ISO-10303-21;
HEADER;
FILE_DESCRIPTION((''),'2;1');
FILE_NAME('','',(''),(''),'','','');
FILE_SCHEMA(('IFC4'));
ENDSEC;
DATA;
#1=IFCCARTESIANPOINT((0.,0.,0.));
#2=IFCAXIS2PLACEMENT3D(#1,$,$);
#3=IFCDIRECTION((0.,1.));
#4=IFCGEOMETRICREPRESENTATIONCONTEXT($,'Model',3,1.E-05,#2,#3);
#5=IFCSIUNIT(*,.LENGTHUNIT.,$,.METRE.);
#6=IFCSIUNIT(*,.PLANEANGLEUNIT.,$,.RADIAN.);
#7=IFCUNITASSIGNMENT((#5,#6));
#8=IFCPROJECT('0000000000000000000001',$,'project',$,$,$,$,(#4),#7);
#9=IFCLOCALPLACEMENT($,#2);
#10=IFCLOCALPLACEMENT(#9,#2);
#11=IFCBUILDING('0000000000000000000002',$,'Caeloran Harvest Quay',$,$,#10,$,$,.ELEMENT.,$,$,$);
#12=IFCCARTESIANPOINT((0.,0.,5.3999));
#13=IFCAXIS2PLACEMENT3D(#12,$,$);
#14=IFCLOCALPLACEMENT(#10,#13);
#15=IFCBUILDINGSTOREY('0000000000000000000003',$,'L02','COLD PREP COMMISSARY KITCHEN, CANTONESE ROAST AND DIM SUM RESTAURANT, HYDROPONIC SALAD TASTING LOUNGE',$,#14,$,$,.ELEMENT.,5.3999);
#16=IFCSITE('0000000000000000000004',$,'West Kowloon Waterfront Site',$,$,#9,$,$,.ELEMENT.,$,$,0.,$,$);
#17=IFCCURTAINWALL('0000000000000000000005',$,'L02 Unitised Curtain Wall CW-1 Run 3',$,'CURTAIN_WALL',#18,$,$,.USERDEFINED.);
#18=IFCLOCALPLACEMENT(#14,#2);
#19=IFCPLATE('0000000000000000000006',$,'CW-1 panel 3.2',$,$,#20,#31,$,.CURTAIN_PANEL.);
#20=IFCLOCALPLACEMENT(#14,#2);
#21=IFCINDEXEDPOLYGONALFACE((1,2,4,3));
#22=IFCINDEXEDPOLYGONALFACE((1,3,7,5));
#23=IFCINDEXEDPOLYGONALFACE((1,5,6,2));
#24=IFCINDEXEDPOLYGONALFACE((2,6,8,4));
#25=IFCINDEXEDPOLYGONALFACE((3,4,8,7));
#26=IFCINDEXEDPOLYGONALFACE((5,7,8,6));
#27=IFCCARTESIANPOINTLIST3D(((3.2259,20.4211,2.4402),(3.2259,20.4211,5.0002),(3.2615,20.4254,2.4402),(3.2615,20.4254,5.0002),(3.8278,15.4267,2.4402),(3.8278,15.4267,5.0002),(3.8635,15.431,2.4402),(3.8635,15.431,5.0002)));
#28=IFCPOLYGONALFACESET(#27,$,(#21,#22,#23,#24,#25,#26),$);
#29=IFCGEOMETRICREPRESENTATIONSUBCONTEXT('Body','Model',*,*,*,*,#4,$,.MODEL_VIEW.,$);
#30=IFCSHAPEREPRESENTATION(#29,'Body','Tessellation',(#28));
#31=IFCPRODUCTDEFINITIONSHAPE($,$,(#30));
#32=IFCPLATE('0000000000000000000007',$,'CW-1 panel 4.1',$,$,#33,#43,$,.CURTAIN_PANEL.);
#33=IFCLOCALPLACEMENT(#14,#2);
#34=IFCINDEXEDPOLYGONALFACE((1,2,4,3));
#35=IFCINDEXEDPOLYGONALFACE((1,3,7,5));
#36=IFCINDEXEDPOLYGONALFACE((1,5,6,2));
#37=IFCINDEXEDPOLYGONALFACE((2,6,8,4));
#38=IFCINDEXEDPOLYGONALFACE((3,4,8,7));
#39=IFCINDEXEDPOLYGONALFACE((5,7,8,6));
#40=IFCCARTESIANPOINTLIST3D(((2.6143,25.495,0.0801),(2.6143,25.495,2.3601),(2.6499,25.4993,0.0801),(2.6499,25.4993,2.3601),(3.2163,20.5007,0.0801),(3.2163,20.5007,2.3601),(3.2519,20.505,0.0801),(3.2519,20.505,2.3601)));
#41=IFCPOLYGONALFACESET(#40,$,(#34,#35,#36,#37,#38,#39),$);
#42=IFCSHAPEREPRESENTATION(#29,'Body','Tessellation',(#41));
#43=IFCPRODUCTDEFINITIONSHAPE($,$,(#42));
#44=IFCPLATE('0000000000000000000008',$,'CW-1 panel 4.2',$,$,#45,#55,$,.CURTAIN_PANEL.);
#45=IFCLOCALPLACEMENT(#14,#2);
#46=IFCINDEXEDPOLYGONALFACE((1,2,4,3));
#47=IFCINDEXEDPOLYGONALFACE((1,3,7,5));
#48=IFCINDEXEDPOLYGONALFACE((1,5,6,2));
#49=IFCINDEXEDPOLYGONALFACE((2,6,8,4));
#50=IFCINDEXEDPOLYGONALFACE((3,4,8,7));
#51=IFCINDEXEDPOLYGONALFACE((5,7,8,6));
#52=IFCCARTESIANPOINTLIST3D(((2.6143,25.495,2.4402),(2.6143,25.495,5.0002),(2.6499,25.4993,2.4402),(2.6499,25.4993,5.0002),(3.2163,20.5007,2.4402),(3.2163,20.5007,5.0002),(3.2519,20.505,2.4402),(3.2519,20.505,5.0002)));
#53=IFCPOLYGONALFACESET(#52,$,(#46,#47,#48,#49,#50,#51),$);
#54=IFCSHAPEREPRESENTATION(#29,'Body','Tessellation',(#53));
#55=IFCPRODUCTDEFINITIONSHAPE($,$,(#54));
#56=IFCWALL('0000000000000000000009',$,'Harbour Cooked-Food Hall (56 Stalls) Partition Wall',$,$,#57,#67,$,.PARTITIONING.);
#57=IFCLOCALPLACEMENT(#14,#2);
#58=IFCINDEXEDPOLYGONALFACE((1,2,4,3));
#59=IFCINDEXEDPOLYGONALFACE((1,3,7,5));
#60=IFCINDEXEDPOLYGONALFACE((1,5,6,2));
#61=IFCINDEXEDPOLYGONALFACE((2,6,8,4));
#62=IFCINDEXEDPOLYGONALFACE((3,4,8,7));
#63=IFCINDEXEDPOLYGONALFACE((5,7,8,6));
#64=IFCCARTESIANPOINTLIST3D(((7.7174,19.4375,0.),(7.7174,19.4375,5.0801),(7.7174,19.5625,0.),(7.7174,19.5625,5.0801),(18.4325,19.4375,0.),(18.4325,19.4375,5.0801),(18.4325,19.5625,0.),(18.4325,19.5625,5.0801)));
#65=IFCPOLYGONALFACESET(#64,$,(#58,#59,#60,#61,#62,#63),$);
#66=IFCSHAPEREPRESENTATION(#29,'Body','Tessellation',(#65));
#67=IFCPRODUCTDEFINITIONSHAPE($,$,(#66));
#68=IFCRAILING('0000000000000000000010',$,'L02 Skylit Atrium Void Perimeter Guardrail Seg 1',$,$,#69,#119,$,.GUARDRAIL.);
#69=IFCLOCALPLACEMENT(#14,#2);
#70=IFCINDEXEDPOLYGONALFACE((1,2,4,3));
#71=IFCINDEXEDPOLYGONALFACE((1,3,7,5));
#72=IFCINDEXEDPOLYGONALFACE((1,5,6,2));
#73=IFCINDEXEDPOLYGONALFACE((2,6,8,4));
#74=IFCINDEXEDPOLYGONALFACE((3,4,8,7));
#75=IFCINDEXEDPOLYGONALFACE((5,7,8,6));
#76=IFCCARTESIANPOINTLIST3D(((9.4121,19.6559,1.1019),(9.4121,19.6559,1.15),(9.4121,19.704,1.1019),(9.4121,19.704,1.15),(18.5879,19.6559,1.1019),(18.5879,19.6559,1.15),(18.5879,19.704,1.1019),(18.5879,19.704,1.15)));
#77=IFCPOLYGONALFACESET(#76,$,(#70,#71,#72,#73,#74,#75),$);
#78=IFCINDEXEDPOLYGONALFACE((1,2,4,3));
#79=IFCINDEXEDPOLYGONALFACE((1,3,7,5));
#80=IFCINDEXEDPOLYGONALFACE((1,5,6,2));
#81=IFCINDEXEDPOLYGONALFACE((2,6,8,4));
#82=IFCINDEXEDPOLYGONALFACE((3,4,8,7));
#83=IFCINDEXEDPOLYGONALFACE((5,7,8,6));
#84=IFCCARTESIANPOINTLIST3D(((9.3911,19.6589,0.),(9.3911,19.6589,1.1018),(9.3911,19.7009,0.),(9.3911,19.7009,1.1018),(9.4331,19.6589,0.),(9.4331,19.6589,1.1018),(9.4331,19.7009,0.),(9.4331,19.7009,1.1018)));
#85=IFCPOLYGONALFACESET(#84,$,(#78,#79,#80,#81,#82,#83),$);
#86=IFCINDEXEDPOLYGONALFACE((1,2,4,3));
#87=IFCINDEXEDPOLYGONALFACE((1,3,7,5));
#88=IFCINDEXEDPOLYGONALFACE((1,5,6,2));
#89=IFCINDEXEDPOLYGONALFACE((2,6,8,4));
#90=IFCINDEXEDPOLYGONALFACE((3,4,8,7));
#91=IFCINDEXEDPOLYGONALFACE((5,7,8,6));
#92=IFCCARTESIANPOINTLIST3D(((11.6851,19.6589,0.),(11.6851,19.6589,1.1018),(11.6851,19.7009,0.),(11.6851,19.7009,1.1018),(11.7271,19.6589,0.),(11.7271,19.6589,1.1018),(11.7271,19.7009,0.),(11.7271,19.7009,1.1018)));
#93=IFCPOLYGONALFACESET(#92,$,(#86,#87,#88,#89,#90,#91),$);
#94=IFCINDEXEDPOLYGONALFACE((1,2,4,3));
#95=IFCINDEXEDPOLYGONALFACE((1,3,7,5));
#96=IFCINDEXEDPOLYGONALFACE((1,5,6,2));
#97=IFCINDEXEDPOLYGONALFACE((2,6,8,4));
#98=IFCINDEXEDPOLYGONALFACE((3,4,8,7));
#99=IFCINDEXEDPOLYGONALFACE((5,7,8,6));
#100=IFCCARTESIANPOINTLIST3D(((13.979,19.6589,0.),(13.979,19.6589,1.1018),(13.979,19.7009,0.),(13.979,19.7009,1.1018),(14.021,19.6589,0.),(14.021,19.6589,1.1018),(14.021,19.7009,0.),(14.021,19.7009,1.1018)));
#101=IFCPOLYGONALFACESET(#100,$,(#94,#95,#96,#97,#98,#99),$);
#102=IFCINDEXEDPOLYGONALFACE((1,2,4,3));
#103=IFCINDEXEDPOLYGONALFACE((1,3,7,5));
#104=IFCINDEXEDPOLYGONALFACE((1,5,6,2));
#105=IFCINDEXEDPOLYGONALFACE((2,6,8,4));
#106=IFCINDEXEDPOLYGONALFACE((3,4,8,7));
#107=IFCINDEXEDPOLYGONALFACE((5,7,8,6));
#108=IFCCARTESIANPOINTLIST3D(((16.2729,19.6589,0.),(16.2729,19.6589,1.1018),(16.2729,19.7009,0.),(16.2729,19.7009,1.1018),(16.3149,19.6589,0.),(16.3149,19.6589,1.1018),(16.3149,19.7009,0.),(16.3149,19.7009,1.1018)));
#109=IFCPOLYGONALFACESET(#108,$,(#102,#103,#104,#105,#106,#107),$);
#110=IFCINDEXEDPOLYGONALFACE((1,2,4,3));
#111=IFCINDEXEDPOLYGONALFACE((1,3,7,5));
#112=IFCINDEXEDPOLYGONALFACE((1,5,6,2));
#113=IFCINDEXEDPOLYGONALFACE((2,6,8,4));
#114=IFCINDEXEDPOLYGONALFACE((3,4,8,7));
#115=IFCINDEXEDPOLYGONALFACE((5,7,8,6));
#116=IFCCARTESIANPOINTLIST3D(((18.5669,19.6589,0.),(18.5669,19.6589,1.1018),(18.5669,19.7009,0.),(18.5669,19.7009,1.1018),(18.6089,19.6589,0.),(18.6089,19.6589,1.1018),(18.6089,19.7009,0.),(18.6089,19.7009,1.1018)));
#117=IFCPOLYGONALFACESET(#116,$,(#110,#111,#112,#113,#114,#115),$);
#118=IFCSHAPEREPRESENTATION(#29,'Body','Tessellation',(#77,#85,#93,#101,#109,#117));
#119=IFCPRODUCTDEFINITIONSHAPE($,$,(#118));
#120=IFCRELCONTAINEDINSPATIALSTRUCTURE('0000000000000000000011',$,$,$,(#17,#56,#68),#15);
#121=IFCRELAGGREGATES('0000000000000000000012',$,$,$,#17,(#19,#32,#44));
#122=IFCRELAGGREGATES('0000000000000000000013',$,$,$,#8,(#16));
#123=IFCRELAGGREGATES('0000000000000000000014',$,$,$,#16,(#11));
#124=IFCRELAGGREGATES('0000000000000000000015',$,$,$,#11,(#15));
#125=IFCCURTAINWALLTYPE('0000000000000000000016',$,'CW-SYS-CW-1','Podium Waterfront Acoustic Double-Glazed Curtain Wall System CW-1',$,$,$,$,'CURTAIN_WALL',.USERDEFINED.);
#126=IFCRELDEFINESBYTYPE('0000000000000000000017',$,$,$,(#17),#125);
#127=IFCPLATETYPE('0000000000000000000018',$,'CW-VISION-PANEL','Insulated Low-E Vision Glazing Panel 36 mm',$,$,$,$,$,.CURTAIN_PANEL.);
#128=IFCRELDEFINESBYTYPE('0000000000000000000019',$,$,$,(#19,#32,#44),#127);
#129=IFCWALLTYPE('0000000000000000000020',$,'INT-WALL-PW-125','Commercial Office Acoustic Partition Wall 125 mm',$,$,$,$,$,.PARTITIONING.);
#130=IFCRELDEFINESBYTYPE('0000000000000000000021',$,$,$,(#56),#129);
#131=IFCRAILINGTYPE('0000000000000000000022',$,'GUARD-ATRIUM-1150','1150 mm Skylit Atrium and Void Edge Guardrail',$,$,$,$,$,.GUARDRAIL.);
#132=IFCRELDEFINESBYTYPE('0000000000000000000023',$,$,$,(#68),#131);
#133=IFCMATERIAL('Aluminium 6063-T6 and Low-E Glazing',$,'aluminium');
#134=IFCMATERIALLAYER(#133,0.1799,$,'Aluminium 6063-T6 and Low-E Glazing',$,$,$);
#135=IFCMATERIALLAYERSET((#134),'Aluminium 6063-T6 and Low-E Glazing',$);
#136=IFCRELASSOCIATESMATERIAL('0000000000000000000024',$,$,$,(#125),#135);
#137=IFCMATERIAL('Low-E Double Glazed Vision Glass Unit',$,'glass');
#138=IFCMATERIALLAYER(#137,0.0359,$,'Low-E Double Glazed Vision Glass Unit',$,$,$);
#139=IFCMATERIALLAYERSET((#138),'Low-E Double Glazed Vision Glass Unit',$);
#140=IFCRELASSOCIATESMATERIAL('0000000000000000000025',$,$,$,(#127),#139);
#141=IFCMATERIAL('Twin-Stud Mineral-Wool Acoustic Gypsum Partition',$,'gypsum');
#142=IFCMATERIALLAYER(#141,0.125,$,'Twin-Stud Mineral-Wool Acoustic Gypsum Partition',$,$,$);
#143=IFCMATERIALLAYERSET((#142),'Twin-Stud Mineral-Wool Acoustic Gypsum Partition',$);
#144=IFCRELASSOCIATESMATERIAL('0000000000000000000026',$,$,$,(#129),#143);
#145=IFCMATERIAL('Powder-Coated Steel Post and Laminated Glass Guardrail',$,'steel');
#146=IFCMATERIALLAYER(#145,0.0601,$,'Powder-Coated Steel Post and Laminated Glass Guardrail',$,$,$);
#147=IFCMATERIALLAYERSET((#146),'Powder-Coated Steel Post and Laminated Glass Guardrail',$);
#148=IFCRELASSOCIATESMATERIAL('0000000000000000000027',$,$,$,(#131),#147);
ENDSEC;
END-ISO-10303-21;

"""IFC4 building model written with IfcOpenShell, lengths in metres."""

from ifc_helpers import new_model, si_unit, direction, frame, frame_2d, origin, origin_2d, place, context, subcontext, project, spatial, rectangle, extrude, material, layer, layer_set, type_object, element, aggregate, save


model = new_model("IFC4")

# Units and contexts
model_context = context("Model", 3, precision=1e-05, world=origin(), true_north=direction((0.0, 1.0)))
body_context = subcontext(model_context, "Body", "Model", "MODEL_VIEW")
ifc_project = project(units=[si_unit("LENGTHUNIT", "METRE"), si_unit("PLANEANGLEUNIT", "RADIAN")], contexts=[model_context])

# Site, building, storey
site_placement = place(None, origin())
site = spatial("IfcSite", under=ifc_project, at=site_placement, Name="West Kowloon Waterfront Site", CompositionType="ELEMENT", RefElevation=0.0)
building_placement = place(site_placement, origin())
building = spatial("IfcBuilding", under=site, at=building_placement, Name="Caeloran Harvest Quay", CompositionType="ELEMENT")
storey_placement = place(building_placement, frame((0.0, 0.0, 5.3999)))
storey = spatial("IfcBuildingStorey", under=building, at=storey_placement, Name="L02", Description="COLD PREP COMMISSARY KITCHEN, CANTONESE ROAST AND DIM SUM RESTAURANT, HYDROPONIC SALAD TASTING LOUNGE", CompositionType="ELEMENT", Elevation=5.3999)

# Curtain wall, plates
ifc_material_1 = material(Name="Aluminium 6063-T6 and Low-E Glazing", Category="aluminium")
ifc_layer_1 = layer(ifc_material_1, 0.1799, Name="Aluminium 6063-T6 and Low-E Glazing")
ifc_layer_set_1 = layer_set([ifc_layer_1], Name="Aluminium 6063-T6 and Low-E Glazing")
curtain_wall_type = type_object("IfcCurtainWallType", Name="CW-SYS-CW-1", Description="Podium Waterfront Acoustic Double-Glazed Curtain Wall System CW-1", ElementType="CURTAIN_WALL", PredefinedType="USERDEFINED", material=ifc_layer_set_1)
curtain_wall_placement = place(storey_placement, origin())
curtain_wall = element("IfcCurtainWall", 1, at=curtain_wall_placement, inside=storey, type_object=curtain_wall_type, Name="L02 Unitised Curtain Wall CW-1 Run 3", ObjectType="CURTAIN_WALL", PredefinedType="USERDEFINED")
ifc_material_2 = material(Name="Low-E Double Glazed Vision Glass Unit", Category="glass")
ifc_layer_2 = layer(ifc_material_2, 0.0359, Name="Low-E Double Glazed Vision Glass Unit")
ifc_layer_set_2 = layer_set([ifc_layer_2], Name="Low-E Double Glazed Vision Glass Unit")
plate_type = type_object("IfcPlateType", Name="CW-VISION-PANEL", Description="Insulated Low-E Vision Glazing Panel 36 mm", PredefinedType="CURTAIN_PANEL", material=ifc_layer_set_2)
plate_1_placement = place(storey_placement, frame((3.5447, 17.926, 2.4402), z_axis=(0.0, 0.0, 1.0), x_axis=(-0.119658, 0.992815, 0.0)))
plate_1 = element("IfcPlate", 2, at=plate_1_placement, type_object=plate_type, Name="CW-1 panel 3.2", PredefinedType="CURTAIN_PANEL", context=body_context, shape_type="SweptSolid", body=[
    extrude(rectangle(XDim=5.0305, YDim=0.0359, at=origin_2d()), origin(), (0.0, 0.0, 1.0), 2.5601),
])
plate_2_placement = place(storey_placement, frame((2.9331, 23.0, 0.0801), z_axis=(0.0, 0.0, 1.0), x_axis=(-0.119658, 0.992815, 0.0)))
plate_2 = element("IfcPlate", 3, at=plate_2_placement, type_object=plate_type, Name="CW-1 panel 4.1", PredefinedType="CURTAIN_PANEL", context=body_context, shape_type="SweptSolid", body=[
    extrude(rectangle(XDim=5.0305, YDim=0.0359, at=origin_2d()), origin(), (0.0, 0.0, 1.0), 2.28),
])
plate_3_placement = place(storey_placement, frame((2.9331, 23.0, 2.4402), z_axis=(0.0, 0.0, 1.0), x_axis=(-0.119658, 0.992815, 0.0)))
plate_3 = element("IfcPlate", 4, at=plate_3_placement, type_object=plate_type, Name="CW-1 panel 4.2", PredefinedType="CURTAIN_PANEL", context=body_context, shape_type="SweptSolid", body=[
    extrude(rectangle(XDim=5.0305, YDim=0.0359, at=origin_2d()), origin(), (0.0, 0.0, 1.0), 2.5601),
])
aggregate(curtain_wall, [plate_1, plate_2, plate_3])

# Wall
ifc_material_3 = material(Name="Twin-Stud Mineral-Wool Acoustic Gypsum Partition", Category="gypsum")
ifc_layer_3 = layer(ifc_material_3, 0.125, Name="Twin-Stud Mineral-Wool Acoustic Gypsum Partition")
ifc_layer_set_3 = layer_set([ifc_layer_3], Name="Twin-Stud Mineral-Wool Acoustic Gypsum Partition")
wall_type = type_object("IfcWallType", Name="INT-WALL-PW-125", Description="Commercial Office Acoustic Partition Wall 125 mm", PredefinedType="PARTITIONING", material=ifc_layer_set_3)
wall_placement = place(storey_placement, frame((7.7175, 19.5, 0.0), z_axis=(0.0, 0.0, 1.0), x_axis=(1.0, 0.0, 0.0)))
element("IfcWall", 5, at=wall_placement, inside=storey, type_object=wall_type, Name="Harbour Cooked-Food Hall (56 Stalls) Partition Wall", PredefinedType="PARTITIONING", context=body_context, shape_type="SweptSolid", body=[
    extrude(rectangle(XDim=10.7151, YDim=0.125, at=frame_2d((5.3574, 0.0))), origin(), (0.0, 0.0, 1.0), 5.0801),
])

# Railing
ifc_material_4 = material(Name="Powder-Coated Steel Post and Laminated Glass Guardrail", Category="steel")
ifc_layer_4 = layer(ifc_material_4, 0.0601, Name="Powder-Coated Steel Post and Laminated Glass Guardrail")
ifc_layer_set_4 = layer_set([ifc_layer_4], Name="Powder-Coated Steel Post and Laminated Glass Guardrail")
railing_type = type_object("IfcRailingType", Name="GUARD-ATRIUM-1150", Description="1150 mm Skylit Atrium and Void Edge Guardrail", PredefinedType="GUARDRAIL", material=ifc_layer_set_4)
railing_placement = place(storey_placement, frame((9.4121, 19.6799, 0.0)))
element("IfcRailing", 6, at=railing_placement, inside=storey, type_object=railing_type, Name="L02 Skylit Atrium Void Perimeter Guardrail Seg 1", PredefinedType="GUARDRAIL", context=body_context, shape_type="SweptSolid", body=[
    extrude(rectangle(XDim=0.0481, YDim=0.0481, at=origin_2d()), frame((0.0, 0.0, 1.126), z_axis=(1.0, 0.0, 0.0), x_axis=(0.0, 1.0, 0.0)), (0.0, 0.0, 1.0), 9.1758),
    extrude(rectangle(XDim=0.042, YDim=0.042, at=origin_2d()), origin(), (0.0, 0.0, 1.0), 1.1018),
    extrude(rectangle(XDim=0.042, YDim=0.042, at=origin_2d()), frame((2.2939, 0.0, 0.0)), (0.0, 0.0, 1.0), 1.1018),
    extrude(rectangle(XDim=0.042, YDim=0.042, at=origin_2d()), frame((4.5879, 0.0, 0.0)), (0.0, 0.0, 1.0), 1.1018),
    extrude(rectangle(XDim=0.042, YDim=0.042, at=origin_2d()), frame((6.8818, 0.0, 0.0)), (0.0, 0.0, 1.0), 1.1018),
    extrude(rectangle(XDim=0.042, YDim=0.042, at=origin_2d()), frame((9.1758, 0.0, 0.0)), (0.0, 0.0, 1.0), 1.1018),
])

save(model, "model.ifc")
